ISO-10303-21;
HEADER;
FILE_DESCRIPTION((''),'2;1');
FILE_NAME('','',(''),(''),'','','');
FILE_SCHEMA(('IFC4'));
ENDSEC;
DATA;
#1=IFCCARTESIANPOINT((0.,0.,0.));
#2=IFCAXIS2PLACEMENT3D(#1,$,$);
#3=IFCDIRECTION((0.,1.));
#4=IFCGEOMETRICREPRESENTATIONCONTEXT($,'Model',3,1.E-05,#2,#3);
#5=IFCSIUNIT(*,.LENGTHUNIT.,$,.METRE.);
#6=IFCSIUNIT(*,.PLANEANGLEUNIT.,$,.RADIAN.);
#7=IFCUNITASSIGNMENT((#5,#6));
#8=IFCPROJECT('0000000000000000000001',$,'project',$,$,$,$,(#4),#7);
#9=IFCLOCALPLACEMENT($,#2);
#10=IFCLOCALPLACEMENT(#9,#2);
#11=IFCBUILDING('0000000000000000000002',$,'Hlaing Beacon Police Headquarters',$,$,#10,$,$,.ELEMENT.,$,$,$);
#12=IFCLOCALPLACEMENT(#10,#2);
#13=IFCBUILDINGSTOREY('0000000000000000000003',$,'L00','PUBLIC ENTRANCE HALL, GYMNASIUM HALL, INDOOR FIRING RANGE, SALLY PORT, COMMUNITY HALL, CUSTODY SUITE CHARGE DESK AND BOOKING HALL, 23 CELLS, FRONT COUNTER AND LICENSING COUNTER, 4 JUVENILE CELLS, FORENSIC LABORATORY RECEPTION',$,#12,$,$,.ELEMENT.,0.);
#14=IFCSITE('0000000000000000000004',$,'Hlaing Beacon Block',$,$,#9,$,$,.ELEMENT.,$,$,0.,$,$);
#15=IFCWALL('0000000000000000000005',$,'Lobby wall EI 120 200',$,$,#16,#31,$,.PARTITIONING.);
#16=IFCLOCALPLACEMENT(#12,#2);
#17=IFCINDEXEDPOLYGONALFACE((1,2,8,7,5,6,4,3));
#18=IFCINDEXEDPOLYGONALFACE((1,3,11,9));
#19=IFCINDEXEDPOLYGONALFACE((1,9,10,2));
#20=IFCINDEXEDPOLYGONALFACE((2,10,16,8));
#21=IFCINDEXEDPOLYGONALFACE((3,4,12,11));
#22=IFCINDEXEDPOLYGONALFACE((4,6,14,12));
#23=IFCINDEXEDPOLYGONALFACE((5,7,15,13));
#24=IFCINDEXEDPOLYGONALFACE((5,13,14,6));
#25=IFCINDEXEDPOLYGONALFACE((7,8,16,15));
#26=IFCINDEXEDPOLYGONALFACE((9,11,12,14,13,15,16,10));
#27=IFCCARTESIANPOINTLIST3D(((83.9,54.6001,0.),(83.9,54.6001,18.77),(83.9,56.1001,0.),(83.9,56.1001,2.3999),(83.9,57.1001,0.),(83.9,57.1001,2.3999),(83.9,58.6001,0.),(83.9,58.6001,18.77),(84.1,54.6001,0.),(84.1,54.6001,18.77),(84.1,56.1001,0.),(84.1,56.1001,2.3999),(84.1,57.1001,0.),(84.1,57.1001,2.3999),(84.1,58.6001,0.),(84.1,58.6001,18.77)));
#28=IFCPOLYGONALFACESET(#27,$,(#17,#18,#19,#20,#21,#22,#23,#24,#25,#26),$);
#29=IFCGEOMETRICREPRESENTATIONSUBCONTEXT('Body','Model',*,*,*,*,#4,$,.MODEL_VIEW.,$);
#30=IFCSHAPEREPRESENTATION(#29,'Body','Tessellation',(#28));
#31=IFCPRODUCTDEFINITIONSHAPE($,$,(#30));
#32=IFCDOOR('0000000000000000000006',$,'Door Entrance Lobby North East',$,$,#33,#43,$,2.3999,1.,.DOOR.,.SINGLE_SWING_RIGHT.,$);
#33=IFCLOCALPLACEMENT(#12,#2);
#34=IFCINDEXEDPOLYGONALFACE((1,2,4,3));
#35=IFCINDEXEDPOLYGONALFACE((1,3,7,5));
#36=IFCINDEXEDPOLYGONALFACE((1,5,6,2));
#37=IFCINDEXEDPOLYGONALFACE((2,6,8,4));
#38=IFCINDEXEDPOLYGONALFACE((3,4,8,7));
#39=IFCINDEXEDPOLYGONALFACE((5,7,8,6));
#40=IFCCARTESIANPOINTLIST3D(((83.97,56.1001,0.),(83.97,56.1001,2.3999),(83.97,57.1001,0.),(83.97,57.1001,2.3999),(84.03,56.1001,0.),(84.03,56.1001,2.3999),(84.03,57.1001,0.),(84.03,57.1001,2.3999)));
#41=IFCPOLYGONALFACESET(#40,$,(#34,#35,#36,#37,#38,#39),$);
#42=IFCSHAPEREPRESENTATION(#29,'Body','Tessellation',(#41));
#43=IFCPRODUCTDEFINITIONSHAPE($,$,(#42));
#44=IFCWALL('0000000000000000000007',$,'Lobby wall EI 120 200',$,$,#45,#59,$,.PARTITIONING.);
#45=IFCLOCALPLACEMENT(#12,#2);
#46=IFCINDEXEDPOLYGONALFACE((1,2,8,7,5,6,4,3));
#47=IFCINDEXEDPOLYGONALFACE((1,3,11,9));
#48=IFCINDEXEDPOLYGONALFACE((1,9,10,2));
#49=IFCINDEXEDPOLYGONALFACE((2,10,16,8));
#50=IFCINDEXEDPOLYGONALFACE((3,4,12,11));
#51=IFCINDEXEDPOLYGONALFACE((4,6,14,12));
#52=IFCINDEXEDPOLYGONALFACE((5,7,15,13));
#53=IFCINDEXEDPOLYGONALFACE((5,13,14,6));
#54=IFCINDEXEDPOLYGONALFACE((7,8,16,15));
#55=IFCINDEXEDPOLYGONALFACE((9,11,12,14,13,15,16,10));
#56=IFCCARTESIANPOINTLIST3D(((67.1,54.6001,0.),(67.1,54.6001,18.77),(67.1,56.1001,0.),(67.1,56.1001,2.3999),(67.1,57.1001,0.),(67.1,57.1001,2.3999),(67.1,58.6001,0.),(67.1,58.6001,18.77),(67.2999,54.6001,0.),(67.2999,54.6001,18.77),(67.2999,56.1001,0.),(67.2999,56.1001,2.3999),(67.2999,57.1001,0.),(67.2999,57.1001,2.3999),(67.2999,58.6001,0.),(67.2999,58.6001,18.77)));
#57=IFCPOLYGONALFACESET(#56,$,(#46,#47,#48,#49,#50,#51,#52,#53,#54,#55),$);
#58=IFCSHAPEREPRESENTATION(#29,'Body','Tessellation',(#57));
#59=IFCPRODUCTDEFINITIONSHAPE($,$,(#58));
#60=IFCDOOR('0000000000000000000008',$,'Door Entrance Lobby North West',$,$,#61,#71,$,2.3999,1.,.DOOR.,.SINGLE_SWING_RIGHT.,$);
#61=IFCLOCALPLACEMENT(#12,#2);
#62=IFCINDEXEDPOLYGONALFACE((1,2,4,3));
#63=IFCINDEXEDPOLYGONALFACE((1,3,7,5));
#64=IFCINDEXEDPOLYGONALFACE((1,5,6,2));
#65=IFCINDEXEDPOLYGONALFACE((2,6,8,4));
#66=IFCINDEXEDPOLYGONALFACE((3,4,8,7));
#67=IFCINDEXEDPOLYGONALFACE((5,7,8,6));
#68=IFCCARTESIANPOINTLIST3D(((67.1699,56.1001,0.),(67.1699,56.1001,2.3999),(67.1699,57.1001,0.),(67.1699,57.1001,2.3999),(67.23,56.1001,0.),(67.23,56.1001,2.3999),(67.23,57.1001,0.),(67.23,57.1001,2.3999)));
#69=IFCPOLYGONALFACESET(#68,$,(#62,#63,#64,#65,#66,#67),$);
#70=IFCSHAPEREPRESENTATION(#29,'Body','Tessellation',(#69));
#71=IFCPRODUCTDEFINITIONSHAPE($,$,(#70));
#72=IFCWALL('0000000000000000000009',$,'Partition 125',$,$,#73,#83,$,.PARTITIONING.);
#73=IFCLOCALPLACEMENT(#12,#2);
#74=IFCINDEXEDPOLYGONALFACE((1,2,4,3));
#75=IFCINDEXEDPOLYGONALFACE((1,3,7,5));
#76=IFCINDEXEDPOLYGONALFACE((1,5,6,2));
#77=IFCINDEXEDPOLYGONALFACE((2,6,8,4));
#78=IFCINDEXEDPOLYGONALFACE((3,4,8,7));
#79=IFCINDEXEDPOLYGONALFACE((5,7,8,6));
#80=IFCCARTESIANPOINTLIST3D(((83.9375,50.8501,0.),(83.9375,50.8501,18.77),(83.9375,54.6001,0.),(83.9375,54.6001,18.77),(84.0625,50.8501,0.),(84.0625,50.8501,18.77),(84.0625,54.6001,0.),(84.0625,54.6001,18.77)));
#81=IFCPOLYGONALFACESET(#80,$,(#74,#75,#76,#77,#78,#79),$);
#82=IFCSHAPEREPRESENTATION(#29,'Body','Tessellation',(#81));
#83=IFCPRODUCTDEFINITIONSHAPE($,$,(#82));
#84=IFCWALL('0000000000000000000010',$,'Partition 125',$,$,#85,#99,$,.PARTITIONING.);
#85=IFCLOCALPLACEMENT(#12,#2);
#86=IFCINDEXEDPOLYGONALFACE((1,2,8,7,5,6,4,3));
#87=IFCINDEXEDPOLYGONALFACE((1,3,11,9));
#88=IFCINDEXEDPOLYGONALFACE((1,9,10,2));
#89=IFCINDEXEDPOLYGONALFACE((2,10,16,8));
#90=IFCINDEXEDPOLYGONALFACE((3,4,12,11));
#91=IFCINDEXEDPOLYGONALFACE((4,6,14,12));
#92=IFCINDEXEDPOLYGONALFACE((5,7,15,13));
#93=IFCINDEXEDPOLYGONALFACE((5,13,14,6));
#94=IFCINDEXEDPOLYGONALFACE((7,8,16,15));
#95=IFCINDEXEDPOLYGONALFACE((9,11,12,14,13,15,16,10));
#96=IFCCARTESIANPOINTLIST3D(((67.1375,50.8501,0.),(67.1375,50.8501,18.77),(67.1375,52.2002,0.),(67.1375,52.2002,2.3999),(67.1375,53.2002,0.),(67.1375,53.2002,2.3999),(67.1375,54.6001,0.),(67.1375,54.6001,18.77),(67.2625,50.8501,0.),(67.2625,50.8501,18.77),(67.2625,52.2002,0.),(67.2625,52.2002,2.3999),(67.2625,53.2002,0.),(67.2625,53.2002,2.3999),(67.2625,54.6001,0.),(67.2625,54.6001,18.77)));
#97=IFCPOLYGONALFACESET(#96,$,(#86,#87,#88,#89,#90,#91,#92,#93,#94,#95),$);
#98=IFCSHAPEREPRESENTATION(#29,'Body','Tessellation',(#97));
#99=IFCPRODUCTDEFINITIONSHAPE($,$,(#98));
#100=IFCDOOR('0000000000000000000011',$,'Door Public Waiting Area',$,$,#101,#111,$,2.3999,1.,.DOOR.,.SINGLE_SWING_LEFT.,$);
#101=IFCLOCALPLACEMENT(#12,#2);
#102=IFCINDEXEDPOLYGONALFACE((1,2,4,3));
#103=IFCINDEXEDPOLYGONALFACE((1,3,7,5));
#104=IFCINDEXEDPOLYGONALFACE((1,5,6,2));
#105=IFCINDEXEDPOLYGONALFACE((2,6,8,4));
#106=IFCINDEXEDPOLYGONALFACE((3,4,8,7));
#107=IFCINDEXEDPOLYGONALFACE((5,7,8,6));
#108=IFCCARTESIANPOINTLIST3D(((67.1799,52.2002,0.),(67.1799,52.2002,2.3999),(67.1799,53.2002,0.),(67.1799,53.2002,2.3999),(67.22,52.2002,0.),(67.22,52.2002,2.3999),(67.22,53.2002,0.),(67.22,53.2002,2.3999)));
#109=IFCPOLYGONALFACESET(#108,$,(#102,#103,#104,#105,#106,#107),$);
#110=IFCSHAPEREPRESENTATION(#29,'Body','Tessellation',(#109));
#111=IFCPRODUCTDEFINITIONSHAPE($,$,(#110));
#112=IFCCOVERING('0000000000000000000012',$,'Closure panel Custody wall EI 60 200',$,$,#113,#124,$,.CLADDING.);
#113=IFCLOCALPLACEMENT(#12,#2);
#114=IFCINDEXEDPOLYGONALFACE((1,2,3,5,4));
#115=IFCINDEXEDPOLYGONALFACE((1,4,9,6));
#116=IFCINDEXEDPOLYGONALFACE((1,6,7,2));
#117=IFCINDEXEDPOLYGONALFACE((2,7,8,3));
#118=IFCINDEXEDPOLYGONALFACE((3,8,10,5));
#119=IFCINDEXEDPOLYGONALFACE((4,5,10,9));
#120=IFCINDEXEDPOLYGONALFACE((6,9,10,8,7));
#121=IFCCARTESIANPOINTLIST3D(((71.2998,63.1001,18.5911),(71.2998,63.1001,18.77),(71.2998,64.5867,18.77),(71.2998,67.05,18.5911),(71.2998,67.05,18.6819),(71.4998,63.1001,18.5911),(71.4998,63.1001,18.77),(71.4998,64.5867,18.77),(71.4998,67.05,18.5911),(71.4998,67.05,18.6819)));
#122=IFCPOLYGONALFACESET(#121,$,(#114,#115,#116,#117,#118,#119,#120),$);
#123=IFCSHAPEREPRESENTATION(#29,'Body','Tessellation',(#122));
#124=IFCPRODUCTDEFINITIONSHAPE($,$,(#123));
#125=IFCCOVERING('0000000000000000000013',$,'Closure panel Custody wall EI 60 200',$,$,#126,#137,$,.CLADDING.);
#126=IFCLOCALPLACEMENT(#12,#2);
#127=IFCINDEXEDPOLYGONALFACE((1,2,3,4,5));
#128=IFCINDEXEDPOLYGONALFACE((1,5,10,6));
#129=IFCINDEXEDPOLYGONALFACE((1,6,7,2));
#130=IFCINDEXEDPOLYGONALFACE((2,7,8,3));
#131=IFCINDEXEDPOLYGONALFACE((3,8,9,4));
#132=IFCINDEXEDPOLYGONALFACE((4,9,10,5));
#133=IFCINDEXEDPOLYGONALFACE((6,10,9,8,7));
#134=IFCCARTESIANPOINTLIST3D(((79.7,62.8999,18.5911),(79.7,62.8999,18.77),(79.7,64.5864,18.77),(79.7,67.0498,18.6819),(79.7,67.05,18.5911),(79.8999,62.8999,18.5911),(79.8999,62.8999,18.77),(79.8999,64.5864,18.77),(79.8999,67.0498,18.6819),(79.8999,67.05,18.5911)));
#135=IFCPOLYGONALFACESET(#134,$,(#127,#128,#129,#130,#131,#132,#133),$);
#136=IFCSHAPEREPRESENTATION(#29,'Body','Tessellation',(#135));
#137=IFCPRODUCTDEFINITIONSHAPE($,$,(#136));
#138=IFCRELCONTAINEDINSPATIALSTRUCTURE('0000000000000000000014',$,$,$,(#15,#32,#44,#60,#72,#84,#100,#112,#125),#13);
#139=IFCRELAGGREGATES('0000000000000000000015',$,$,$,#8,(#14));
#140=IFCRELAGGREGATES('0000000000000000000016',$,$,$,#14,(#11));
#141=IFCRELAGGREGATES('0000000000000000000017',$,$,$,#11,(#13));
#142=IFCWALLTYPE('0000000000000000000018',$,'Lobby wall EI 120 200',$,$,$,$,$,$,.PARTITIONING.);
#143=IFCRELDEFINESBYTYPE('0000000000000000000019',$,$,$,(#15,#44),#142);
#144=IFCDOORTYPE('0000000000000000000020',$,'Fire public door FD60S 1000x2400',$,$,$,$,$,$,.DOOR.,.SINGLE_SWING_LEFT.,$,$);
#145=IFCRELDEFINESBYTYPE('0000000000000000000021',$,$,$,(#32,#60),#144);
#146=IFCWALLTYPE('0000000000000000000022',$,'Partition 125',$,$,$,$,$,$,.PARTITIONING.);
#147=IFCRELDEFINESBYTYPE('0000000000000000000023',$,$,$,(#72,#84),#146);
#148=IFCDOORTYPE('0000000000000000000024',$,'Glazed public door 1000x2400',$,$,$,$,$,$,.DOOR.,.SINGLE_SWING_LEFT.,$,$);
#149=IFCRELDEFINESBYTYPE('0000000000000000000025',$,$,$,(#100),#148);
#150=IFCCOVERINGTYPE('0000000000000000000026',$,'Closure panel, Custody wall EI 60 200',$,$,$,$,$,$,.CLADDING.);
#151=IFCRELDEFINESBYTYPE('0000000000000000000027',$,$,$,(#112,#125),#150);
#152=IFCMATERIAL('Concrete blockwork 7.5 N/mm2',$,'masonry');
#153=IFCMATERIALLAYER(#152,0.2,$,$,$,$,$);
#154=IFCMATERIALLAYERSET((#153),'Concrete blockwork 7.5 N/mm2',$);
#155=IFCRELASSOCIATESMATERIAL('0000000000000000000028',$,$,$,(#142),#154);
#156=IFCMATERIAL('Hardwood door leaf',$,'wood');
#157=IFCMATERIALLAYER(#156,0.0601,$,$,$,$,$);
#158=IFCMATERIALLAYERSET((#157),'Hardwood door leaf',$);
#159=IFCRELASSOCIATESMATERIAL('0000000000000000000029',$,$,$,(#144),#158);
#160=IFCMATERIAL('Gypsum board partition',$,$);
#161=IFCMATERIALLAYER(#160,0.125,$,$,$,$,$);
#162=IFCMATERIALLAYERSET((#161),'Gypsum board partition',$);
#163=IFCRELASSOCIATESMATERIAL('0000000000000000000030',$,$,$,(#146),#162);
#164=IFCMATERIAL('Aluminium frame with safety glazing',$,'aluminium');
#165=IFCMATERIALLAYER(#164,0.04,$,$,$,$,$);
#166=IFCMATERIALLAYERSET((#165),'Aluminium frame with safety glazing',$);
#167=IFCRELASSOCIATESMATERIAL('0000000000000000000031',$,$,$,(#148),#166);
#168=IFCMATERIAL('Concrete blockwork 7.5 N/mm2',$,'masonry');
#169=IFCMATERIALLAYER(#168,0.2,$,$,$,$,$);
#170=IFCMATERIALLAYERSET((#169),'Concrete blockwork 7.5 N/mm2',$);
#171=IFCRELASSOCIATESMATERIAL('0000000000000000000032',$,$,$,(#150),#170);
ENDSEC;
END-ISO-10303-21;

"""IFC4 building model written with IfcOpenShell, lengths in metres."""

from ifc_helpers import new_model, si_unit, direction, frame, frame_2d, origin, place, context, subcontext, project, spatial, polyline, rectangle, outline, extrude, material, layer, layer_set, type_object, element, fill, save


model = new_model("IFC4")

# Units and contexts
model_context = context("Model", 3, precision=1e-05, world=origin(), true_north=direction((0.0, 1.0)))
body_context = subcontext(model_context, "Body", "Model", "MODEL_VIEW")
ifc_project = project(units=[si_unit("LENGTHUNIT", "METRE"), si_unit("PLANEANGLEUNIT", "RADIAN")], contexts=[model_context])

# Site, building, storey
site_placement = place(None, origin())
site = spatial("IfcSite", under=ifc_project, at=site_placement, Name="Hlaing Beacon Block", CompositionType="ELEMENT", RefElevation=0.0)
building_placement = place(site_placement, origin())
building = spatial("IfcBuilding", under=site, at=building_placement, Name="Hlaing Beacon Police Headquarters", CompositionType="ELEMENT")
storey_placement = place(building_placement, origin())
storey = spatial("IfcBuildingStorey", under=building, at=storey_placement, Name="L00", Description="PUBLIC ENTRANCE HALL, GYMNASIUM HALL, INDOOR FIRING RANGE, SALLY PORT, COMMUNITY HALL, CUSTODY SUITE CHARGE DESK AND BOOKING HALL, 23 CELLS, FRONT COUNTER AND LICENSING COUNTER, 4 JUVENILE CELLS, FORENSIC LABORATORY RECEPTION", CompositionType="ELEMENT", Elevation=0.0)

# Walls, openings, doors
ifc_material_1 = material(Name="Concrete blockwork 7.5 N/mm2", Category="masonry")
ifc_layer_1 = layer(ifc_material_1, 0.2)
ifc_layer_set_1 = layer_set([ifc_layer_1], Name="Concrete blockwork 7.5 N/mm2")
wall_type_1 = type_object("IfcWallType", Name="Lobby wall EI 120 200", PredefinedType="PARTITIONING", material=ifc_layer_set_1)
wall_1_placement = place(storey_placement, frame((84.0, 54.6001, 0.0), z_axis=(0.0, 0.0, 1.0), x_axis=(0.0, 1.0, 0.0)))
wall_1 = element("IfcWall", 1, at=wall_1_placement, inside=storey, type_object=wall_type_1, Name="Lobby wall EI 120 200", PredefinedType="PARTITIONING", context=body_context, shape_type="SweptSolid", body=[
    extrude(rectangle(XDim=4.0, YDim=0.2, at=frame_2d((2.0, 0.0))), origin(), (0.0, 0.0, 1.0), 18.77),
])
opening_1_placement = place(wall_1_placement, frame((1.5, 0.0, 0.0)))
opening_1 = element("IfcOpeningElement", 2, at=opening_1_placement, cuts=wall_1, PredefinedType="OPENING", context=body_context, shape_type="SweptSolid", body=[
    extrude(rectangle(XDim=1.0, YDim=2.3999, at=frame_2d((0.5, 1.2))), frame((0.0, 0.1099, 0.0), z_axis=(0.0, -1.0, 0.0), x_axis=(1.0, 0.0, 0.0)), (0.0, 0.0, 1.0), 0.22),
])
ifc_material_2 = material(Name="Hardwood door leaf", Category="wood")
ifc_layer_2 = layer(ifc_material_2, 0.0601)
ifc_layer_set_2 = layer_set([ifc_layer_2], Name="Hardwood door leaf")
door_type_1 = type_object("IfcDoorType", Name="Fire public door FD60S 1000x2400", OperationType="SINGLE_SWING_LEFT", PredefinedType="DOOR", material=ifc_layer_set_2)
door_1_placement = place(opening_1_placement, origin())
door_1 = element("IfcDoor", 3, at=door_1_placement, inside=storey, type_object=door_type_1, Name="Door Entrance Lobby North East", OperationType="SINGLE_SWING_RIGHT", OverallHeight=2.3999, OverallWidth=1.0, PredefinedType="DOOR", context=body_context, shape_type="SweptSolid", body=[
    extrude(rectangle(XDim=1.0, YDim=2.3999, at=frame_2d((0.5, 1.2))), frame((0.0, 0.03, 0.0), z_axis=(0.0, -1.0, 0.0), x_axis=(1.0, 0.0, 0.0)), (0.0, 0.0, 1.0), 0.0601),
])
fill(opening_1, door_1)
wall_2_placement = place(storey_placement, frame((67.2, 54.6001, 0.0), z_axis=(0.0, 0.0, 1.0), x_axis=(0.0, 1.0, 0.0)))
wall_2 = element("IfcWall", 4, at=wall_2_placement, inside=storey, type_object=wall_type_1, Name="Lobby wall EI 120 200", PredefinedType="PARTITIONING", context=body_context, shape_type="SweptSolid", body=[
    extrude(rectangle(XDim=4.0, YDim=0.2, at=frame_2d((2.0, 0.0))), origin(), (0.0, 0.0, 1.0), 18.77),
])
opening_2_placement = place(wall_2_placement, frame((1.5, 0.0, 0.0)))
opening_2 = element("IfcOpeningElement", 5, at=opening_2_placement, cuts=wall_2, PredefinedType="OPENING", context=body_context, shape_type="SweptSolid", body=[
    extrude(rectangle(XDim=1.0, YDim=2.3999, at=frame_2d((0.5, 1.2))), frame((0.0, 0.1099, 0.0), z_axis=(0.0, -1.0, 0.0), x_axis=(1.0, 0.0, 0.0)), (0.0, 0.0, 1.0), 0.22),
])
door_2_placement = place(opening_2_placement, frame((1.0, 0.0, 0.0), z_axis=(0.0, 0.0, 1.0), x_axis=(-1.0, 0.0, 0.0)))
door_2 = element("IfcDoor", 6, at=door_2_placement, inside=storey, type_object=door_type_1, Name="Door Entrance Lobby North West", OperationType="SINGLE_SWING_RIGHT", OverallHeight=2.3999, OverallWidth=1.0, PredefinedType="DOOR", context=body_context, shape_type="SweptSolid", body=[
    extrude(rectangle(XDim=1.0, YDim=2.3999, at=frame_2d((0.5, 1.2))), frame((0.0, 0.03, 0.0), z_axis=(0.0, -1.0, 0.0), x_axis=(1.0, 0.0, 0.0)), (0.0, 0.0, 1.0), 0.0601),
])
fill(opening_2, door_2)

# Wall
ifc_material_3 = material(Name="Gypsum board partition")
ifc_layer_3 = layer(ifc_material_3, 0.125)
ifc_layer_set_3 = layer_set([ifc_layer_3], Name="Gypsum board partition")
wall_type_2 = type_object("IfcWallType", Name="Partition 125", PredefinedType="PARTITIONING", material=ifc_layer_set_3)
wall_3_placement = place(storey_placement, frame((84.0, 50.8501, 0.0), z_axis=(0.0, 0.0, 1.0), x_axis=(0.0, 1.0, 0.0)))
element("IfcWall", 7, at=wall_3_placement, inside=storey, type_object=wall_type_2, Name="Partition 125", PredefinedType="PARTITIONING", context=body_context, shape_type="SweptSolid", body=[
    extrude(rectangle(XDim=3.75, YDim=0.125, at=frame_2d((1.875, 0.0))), origin(), (0.0, 0.0, 1.0), 18.77),
])

# Wall, opening, door
wall_4_placement = place(storey_placement, frame((67.2, 50.8501, 0.0), z_axis=(0.0, 0.0, 1.0), x_axis=(0.0, 1.0, 0.0)))
wall_4 = element("IfcWall", 8, at=wall_4_placement, inside=storey, type_object=wall_type_2, Name="Partition 125", PredefinedType="PARTITIONING", context=body_context, shape_type="SweptSolid", body=[
    extrude(rectangle(XDim=3.75, YDim=0.125, at=frame_2d((1.875, 0.0))), origin(), (0.0, 0.0, 1.0), 18.77),
])
opening_3_placement = place(wall_4_placement, frame((1.3501, 0.0, 0.0)))
opening_3 = element("IfcOpeningElement", 9, at=opening_3_placement, cuts=wall_4, PredefinedType="OPENING", context=body_context, shape_type="SweptSolid", body=[
    extrude(rectangle(XDim=1.0, YDim=2.3999, at=frame_2d((0.5, 1.2))), frame((0.0, 0.0725, 0.0), z_axis=(0.0, -1.0, 0.0), x_axis=(1.0, 0.0, 0.0)), (0.0, 0.0, 1.0), 0.145),
])
ifc_material_4 = material(Name="Aluminium frame with safety glazing", Category="aluminium")
ifc_layer_4 = layer(ifc_material_4, 0.04)
ifc_layer_set_4 = layer_set([ifc_layer_4], Name="Aluminium frame with safety glazing")
door_type_2 = type_object("IfcDoorType", Name="Glazed public door 1000x2400", OperationType="SINGLE_SWING_LEFT", PredefinedType="DOOR", material=ifc_layer_set_4)
door_3_placement = place(opening_3_placement, origin())
door_3 = element("IfcDoor", 10, at=door_3_placement, inside=storey, type_object=door_type_2, Name="Door Public Waiting Area", OperationType="SINGLE_SWING_LEFT", OverallHeight=2.3999, OverallWidth=1.0, PredefinedType="DOOR", context=body_context, shape_type="SweptSolid", body=[
    extrude(rectangle(XDim=1.0, YDim=2.3999, at=frame_2d((0.5, 1.2))), frame((0.0, 0.02, 0.0), z_axis=(0.0, -1.0, 0.0), x_axis=(1.0, 0.0, 0.0)), (0.0, 0.0, 1.0), 0.04),
])
fill(opening_3, door_3)

# Coverings
ifc_material_5 = material(Name="Concrete blockwork 7.5 N/mm2", Category="masonry")
ifc_layer_5 = layer(ifc_material_5, 0.2)
ifc_layer_set_5 = layer_set([ifc_layer_5], Name="Concrete blockwork 7.5 N/mm2")
covering_type = type_object("IfcCoveringType", Name="Closure panel, Custody wall EI 60 200", PredefinedType="CLADDING", material=ifc_layer_set_5)
covering_1_placement = place(storey_placement, frame((71.3999, 63.1001, 18.5911), z_axis=(0.0, 0.0, 1.0), x_axis=(0.0, 1.0, 0.0)))
element("IfcCovering", 11, at=covering_1_placement, inside=storey, type_object=covering_type, Name="Closure panel Custody wall EI 60 200", PredefinedType="CLADDING", context=body_context, shape_type="SweptSolid", body=[
    extrude(outline(polyline([(0.0, 0.0), (3.95, 0.0), (3.95, 0.0908), (1.4866, 0.179), (0.0, 0.179), (0.0, 0.0)])), frame((0.0, 0.1001, 0.0), z_axis=(0.0, -1.0, 0.0), x_axis=(1.0, 0.0, 0.0)), (0.0, 0.0, 1.0), 0.2),
])
covering_2_placement = place(storey_placement, frame((79.8, 62.8999, 18.5911), z_axis=(0.0, 0.0, 1.0), x_axis=(0.0, 1.0, 0.0)))
element("IfcCovering", 12, at=covering_2_placement, inside=storey, type_object=covering_type, Name="Closure panel Custody wall EI 60 200", PredefinedType="CLADDING", context=body_context, shape_type="SweptSolid", body=[
    extrude(outline(polyline([(0.0, 0.0), (4.1501, 0.0), (4.1499, 0.0908), (1.6865, 0.179), (0.0, 0.179), (0.0, 0.0)])), frame((0.0, 0.1001, 0.0), z_axis=(0.0, -1.0, 0.0), x_axis=(1.0, 0.0, 0.0)), (0.0, 0.0, 1.0), 0.2),
])

save(model, "model.ifc")
